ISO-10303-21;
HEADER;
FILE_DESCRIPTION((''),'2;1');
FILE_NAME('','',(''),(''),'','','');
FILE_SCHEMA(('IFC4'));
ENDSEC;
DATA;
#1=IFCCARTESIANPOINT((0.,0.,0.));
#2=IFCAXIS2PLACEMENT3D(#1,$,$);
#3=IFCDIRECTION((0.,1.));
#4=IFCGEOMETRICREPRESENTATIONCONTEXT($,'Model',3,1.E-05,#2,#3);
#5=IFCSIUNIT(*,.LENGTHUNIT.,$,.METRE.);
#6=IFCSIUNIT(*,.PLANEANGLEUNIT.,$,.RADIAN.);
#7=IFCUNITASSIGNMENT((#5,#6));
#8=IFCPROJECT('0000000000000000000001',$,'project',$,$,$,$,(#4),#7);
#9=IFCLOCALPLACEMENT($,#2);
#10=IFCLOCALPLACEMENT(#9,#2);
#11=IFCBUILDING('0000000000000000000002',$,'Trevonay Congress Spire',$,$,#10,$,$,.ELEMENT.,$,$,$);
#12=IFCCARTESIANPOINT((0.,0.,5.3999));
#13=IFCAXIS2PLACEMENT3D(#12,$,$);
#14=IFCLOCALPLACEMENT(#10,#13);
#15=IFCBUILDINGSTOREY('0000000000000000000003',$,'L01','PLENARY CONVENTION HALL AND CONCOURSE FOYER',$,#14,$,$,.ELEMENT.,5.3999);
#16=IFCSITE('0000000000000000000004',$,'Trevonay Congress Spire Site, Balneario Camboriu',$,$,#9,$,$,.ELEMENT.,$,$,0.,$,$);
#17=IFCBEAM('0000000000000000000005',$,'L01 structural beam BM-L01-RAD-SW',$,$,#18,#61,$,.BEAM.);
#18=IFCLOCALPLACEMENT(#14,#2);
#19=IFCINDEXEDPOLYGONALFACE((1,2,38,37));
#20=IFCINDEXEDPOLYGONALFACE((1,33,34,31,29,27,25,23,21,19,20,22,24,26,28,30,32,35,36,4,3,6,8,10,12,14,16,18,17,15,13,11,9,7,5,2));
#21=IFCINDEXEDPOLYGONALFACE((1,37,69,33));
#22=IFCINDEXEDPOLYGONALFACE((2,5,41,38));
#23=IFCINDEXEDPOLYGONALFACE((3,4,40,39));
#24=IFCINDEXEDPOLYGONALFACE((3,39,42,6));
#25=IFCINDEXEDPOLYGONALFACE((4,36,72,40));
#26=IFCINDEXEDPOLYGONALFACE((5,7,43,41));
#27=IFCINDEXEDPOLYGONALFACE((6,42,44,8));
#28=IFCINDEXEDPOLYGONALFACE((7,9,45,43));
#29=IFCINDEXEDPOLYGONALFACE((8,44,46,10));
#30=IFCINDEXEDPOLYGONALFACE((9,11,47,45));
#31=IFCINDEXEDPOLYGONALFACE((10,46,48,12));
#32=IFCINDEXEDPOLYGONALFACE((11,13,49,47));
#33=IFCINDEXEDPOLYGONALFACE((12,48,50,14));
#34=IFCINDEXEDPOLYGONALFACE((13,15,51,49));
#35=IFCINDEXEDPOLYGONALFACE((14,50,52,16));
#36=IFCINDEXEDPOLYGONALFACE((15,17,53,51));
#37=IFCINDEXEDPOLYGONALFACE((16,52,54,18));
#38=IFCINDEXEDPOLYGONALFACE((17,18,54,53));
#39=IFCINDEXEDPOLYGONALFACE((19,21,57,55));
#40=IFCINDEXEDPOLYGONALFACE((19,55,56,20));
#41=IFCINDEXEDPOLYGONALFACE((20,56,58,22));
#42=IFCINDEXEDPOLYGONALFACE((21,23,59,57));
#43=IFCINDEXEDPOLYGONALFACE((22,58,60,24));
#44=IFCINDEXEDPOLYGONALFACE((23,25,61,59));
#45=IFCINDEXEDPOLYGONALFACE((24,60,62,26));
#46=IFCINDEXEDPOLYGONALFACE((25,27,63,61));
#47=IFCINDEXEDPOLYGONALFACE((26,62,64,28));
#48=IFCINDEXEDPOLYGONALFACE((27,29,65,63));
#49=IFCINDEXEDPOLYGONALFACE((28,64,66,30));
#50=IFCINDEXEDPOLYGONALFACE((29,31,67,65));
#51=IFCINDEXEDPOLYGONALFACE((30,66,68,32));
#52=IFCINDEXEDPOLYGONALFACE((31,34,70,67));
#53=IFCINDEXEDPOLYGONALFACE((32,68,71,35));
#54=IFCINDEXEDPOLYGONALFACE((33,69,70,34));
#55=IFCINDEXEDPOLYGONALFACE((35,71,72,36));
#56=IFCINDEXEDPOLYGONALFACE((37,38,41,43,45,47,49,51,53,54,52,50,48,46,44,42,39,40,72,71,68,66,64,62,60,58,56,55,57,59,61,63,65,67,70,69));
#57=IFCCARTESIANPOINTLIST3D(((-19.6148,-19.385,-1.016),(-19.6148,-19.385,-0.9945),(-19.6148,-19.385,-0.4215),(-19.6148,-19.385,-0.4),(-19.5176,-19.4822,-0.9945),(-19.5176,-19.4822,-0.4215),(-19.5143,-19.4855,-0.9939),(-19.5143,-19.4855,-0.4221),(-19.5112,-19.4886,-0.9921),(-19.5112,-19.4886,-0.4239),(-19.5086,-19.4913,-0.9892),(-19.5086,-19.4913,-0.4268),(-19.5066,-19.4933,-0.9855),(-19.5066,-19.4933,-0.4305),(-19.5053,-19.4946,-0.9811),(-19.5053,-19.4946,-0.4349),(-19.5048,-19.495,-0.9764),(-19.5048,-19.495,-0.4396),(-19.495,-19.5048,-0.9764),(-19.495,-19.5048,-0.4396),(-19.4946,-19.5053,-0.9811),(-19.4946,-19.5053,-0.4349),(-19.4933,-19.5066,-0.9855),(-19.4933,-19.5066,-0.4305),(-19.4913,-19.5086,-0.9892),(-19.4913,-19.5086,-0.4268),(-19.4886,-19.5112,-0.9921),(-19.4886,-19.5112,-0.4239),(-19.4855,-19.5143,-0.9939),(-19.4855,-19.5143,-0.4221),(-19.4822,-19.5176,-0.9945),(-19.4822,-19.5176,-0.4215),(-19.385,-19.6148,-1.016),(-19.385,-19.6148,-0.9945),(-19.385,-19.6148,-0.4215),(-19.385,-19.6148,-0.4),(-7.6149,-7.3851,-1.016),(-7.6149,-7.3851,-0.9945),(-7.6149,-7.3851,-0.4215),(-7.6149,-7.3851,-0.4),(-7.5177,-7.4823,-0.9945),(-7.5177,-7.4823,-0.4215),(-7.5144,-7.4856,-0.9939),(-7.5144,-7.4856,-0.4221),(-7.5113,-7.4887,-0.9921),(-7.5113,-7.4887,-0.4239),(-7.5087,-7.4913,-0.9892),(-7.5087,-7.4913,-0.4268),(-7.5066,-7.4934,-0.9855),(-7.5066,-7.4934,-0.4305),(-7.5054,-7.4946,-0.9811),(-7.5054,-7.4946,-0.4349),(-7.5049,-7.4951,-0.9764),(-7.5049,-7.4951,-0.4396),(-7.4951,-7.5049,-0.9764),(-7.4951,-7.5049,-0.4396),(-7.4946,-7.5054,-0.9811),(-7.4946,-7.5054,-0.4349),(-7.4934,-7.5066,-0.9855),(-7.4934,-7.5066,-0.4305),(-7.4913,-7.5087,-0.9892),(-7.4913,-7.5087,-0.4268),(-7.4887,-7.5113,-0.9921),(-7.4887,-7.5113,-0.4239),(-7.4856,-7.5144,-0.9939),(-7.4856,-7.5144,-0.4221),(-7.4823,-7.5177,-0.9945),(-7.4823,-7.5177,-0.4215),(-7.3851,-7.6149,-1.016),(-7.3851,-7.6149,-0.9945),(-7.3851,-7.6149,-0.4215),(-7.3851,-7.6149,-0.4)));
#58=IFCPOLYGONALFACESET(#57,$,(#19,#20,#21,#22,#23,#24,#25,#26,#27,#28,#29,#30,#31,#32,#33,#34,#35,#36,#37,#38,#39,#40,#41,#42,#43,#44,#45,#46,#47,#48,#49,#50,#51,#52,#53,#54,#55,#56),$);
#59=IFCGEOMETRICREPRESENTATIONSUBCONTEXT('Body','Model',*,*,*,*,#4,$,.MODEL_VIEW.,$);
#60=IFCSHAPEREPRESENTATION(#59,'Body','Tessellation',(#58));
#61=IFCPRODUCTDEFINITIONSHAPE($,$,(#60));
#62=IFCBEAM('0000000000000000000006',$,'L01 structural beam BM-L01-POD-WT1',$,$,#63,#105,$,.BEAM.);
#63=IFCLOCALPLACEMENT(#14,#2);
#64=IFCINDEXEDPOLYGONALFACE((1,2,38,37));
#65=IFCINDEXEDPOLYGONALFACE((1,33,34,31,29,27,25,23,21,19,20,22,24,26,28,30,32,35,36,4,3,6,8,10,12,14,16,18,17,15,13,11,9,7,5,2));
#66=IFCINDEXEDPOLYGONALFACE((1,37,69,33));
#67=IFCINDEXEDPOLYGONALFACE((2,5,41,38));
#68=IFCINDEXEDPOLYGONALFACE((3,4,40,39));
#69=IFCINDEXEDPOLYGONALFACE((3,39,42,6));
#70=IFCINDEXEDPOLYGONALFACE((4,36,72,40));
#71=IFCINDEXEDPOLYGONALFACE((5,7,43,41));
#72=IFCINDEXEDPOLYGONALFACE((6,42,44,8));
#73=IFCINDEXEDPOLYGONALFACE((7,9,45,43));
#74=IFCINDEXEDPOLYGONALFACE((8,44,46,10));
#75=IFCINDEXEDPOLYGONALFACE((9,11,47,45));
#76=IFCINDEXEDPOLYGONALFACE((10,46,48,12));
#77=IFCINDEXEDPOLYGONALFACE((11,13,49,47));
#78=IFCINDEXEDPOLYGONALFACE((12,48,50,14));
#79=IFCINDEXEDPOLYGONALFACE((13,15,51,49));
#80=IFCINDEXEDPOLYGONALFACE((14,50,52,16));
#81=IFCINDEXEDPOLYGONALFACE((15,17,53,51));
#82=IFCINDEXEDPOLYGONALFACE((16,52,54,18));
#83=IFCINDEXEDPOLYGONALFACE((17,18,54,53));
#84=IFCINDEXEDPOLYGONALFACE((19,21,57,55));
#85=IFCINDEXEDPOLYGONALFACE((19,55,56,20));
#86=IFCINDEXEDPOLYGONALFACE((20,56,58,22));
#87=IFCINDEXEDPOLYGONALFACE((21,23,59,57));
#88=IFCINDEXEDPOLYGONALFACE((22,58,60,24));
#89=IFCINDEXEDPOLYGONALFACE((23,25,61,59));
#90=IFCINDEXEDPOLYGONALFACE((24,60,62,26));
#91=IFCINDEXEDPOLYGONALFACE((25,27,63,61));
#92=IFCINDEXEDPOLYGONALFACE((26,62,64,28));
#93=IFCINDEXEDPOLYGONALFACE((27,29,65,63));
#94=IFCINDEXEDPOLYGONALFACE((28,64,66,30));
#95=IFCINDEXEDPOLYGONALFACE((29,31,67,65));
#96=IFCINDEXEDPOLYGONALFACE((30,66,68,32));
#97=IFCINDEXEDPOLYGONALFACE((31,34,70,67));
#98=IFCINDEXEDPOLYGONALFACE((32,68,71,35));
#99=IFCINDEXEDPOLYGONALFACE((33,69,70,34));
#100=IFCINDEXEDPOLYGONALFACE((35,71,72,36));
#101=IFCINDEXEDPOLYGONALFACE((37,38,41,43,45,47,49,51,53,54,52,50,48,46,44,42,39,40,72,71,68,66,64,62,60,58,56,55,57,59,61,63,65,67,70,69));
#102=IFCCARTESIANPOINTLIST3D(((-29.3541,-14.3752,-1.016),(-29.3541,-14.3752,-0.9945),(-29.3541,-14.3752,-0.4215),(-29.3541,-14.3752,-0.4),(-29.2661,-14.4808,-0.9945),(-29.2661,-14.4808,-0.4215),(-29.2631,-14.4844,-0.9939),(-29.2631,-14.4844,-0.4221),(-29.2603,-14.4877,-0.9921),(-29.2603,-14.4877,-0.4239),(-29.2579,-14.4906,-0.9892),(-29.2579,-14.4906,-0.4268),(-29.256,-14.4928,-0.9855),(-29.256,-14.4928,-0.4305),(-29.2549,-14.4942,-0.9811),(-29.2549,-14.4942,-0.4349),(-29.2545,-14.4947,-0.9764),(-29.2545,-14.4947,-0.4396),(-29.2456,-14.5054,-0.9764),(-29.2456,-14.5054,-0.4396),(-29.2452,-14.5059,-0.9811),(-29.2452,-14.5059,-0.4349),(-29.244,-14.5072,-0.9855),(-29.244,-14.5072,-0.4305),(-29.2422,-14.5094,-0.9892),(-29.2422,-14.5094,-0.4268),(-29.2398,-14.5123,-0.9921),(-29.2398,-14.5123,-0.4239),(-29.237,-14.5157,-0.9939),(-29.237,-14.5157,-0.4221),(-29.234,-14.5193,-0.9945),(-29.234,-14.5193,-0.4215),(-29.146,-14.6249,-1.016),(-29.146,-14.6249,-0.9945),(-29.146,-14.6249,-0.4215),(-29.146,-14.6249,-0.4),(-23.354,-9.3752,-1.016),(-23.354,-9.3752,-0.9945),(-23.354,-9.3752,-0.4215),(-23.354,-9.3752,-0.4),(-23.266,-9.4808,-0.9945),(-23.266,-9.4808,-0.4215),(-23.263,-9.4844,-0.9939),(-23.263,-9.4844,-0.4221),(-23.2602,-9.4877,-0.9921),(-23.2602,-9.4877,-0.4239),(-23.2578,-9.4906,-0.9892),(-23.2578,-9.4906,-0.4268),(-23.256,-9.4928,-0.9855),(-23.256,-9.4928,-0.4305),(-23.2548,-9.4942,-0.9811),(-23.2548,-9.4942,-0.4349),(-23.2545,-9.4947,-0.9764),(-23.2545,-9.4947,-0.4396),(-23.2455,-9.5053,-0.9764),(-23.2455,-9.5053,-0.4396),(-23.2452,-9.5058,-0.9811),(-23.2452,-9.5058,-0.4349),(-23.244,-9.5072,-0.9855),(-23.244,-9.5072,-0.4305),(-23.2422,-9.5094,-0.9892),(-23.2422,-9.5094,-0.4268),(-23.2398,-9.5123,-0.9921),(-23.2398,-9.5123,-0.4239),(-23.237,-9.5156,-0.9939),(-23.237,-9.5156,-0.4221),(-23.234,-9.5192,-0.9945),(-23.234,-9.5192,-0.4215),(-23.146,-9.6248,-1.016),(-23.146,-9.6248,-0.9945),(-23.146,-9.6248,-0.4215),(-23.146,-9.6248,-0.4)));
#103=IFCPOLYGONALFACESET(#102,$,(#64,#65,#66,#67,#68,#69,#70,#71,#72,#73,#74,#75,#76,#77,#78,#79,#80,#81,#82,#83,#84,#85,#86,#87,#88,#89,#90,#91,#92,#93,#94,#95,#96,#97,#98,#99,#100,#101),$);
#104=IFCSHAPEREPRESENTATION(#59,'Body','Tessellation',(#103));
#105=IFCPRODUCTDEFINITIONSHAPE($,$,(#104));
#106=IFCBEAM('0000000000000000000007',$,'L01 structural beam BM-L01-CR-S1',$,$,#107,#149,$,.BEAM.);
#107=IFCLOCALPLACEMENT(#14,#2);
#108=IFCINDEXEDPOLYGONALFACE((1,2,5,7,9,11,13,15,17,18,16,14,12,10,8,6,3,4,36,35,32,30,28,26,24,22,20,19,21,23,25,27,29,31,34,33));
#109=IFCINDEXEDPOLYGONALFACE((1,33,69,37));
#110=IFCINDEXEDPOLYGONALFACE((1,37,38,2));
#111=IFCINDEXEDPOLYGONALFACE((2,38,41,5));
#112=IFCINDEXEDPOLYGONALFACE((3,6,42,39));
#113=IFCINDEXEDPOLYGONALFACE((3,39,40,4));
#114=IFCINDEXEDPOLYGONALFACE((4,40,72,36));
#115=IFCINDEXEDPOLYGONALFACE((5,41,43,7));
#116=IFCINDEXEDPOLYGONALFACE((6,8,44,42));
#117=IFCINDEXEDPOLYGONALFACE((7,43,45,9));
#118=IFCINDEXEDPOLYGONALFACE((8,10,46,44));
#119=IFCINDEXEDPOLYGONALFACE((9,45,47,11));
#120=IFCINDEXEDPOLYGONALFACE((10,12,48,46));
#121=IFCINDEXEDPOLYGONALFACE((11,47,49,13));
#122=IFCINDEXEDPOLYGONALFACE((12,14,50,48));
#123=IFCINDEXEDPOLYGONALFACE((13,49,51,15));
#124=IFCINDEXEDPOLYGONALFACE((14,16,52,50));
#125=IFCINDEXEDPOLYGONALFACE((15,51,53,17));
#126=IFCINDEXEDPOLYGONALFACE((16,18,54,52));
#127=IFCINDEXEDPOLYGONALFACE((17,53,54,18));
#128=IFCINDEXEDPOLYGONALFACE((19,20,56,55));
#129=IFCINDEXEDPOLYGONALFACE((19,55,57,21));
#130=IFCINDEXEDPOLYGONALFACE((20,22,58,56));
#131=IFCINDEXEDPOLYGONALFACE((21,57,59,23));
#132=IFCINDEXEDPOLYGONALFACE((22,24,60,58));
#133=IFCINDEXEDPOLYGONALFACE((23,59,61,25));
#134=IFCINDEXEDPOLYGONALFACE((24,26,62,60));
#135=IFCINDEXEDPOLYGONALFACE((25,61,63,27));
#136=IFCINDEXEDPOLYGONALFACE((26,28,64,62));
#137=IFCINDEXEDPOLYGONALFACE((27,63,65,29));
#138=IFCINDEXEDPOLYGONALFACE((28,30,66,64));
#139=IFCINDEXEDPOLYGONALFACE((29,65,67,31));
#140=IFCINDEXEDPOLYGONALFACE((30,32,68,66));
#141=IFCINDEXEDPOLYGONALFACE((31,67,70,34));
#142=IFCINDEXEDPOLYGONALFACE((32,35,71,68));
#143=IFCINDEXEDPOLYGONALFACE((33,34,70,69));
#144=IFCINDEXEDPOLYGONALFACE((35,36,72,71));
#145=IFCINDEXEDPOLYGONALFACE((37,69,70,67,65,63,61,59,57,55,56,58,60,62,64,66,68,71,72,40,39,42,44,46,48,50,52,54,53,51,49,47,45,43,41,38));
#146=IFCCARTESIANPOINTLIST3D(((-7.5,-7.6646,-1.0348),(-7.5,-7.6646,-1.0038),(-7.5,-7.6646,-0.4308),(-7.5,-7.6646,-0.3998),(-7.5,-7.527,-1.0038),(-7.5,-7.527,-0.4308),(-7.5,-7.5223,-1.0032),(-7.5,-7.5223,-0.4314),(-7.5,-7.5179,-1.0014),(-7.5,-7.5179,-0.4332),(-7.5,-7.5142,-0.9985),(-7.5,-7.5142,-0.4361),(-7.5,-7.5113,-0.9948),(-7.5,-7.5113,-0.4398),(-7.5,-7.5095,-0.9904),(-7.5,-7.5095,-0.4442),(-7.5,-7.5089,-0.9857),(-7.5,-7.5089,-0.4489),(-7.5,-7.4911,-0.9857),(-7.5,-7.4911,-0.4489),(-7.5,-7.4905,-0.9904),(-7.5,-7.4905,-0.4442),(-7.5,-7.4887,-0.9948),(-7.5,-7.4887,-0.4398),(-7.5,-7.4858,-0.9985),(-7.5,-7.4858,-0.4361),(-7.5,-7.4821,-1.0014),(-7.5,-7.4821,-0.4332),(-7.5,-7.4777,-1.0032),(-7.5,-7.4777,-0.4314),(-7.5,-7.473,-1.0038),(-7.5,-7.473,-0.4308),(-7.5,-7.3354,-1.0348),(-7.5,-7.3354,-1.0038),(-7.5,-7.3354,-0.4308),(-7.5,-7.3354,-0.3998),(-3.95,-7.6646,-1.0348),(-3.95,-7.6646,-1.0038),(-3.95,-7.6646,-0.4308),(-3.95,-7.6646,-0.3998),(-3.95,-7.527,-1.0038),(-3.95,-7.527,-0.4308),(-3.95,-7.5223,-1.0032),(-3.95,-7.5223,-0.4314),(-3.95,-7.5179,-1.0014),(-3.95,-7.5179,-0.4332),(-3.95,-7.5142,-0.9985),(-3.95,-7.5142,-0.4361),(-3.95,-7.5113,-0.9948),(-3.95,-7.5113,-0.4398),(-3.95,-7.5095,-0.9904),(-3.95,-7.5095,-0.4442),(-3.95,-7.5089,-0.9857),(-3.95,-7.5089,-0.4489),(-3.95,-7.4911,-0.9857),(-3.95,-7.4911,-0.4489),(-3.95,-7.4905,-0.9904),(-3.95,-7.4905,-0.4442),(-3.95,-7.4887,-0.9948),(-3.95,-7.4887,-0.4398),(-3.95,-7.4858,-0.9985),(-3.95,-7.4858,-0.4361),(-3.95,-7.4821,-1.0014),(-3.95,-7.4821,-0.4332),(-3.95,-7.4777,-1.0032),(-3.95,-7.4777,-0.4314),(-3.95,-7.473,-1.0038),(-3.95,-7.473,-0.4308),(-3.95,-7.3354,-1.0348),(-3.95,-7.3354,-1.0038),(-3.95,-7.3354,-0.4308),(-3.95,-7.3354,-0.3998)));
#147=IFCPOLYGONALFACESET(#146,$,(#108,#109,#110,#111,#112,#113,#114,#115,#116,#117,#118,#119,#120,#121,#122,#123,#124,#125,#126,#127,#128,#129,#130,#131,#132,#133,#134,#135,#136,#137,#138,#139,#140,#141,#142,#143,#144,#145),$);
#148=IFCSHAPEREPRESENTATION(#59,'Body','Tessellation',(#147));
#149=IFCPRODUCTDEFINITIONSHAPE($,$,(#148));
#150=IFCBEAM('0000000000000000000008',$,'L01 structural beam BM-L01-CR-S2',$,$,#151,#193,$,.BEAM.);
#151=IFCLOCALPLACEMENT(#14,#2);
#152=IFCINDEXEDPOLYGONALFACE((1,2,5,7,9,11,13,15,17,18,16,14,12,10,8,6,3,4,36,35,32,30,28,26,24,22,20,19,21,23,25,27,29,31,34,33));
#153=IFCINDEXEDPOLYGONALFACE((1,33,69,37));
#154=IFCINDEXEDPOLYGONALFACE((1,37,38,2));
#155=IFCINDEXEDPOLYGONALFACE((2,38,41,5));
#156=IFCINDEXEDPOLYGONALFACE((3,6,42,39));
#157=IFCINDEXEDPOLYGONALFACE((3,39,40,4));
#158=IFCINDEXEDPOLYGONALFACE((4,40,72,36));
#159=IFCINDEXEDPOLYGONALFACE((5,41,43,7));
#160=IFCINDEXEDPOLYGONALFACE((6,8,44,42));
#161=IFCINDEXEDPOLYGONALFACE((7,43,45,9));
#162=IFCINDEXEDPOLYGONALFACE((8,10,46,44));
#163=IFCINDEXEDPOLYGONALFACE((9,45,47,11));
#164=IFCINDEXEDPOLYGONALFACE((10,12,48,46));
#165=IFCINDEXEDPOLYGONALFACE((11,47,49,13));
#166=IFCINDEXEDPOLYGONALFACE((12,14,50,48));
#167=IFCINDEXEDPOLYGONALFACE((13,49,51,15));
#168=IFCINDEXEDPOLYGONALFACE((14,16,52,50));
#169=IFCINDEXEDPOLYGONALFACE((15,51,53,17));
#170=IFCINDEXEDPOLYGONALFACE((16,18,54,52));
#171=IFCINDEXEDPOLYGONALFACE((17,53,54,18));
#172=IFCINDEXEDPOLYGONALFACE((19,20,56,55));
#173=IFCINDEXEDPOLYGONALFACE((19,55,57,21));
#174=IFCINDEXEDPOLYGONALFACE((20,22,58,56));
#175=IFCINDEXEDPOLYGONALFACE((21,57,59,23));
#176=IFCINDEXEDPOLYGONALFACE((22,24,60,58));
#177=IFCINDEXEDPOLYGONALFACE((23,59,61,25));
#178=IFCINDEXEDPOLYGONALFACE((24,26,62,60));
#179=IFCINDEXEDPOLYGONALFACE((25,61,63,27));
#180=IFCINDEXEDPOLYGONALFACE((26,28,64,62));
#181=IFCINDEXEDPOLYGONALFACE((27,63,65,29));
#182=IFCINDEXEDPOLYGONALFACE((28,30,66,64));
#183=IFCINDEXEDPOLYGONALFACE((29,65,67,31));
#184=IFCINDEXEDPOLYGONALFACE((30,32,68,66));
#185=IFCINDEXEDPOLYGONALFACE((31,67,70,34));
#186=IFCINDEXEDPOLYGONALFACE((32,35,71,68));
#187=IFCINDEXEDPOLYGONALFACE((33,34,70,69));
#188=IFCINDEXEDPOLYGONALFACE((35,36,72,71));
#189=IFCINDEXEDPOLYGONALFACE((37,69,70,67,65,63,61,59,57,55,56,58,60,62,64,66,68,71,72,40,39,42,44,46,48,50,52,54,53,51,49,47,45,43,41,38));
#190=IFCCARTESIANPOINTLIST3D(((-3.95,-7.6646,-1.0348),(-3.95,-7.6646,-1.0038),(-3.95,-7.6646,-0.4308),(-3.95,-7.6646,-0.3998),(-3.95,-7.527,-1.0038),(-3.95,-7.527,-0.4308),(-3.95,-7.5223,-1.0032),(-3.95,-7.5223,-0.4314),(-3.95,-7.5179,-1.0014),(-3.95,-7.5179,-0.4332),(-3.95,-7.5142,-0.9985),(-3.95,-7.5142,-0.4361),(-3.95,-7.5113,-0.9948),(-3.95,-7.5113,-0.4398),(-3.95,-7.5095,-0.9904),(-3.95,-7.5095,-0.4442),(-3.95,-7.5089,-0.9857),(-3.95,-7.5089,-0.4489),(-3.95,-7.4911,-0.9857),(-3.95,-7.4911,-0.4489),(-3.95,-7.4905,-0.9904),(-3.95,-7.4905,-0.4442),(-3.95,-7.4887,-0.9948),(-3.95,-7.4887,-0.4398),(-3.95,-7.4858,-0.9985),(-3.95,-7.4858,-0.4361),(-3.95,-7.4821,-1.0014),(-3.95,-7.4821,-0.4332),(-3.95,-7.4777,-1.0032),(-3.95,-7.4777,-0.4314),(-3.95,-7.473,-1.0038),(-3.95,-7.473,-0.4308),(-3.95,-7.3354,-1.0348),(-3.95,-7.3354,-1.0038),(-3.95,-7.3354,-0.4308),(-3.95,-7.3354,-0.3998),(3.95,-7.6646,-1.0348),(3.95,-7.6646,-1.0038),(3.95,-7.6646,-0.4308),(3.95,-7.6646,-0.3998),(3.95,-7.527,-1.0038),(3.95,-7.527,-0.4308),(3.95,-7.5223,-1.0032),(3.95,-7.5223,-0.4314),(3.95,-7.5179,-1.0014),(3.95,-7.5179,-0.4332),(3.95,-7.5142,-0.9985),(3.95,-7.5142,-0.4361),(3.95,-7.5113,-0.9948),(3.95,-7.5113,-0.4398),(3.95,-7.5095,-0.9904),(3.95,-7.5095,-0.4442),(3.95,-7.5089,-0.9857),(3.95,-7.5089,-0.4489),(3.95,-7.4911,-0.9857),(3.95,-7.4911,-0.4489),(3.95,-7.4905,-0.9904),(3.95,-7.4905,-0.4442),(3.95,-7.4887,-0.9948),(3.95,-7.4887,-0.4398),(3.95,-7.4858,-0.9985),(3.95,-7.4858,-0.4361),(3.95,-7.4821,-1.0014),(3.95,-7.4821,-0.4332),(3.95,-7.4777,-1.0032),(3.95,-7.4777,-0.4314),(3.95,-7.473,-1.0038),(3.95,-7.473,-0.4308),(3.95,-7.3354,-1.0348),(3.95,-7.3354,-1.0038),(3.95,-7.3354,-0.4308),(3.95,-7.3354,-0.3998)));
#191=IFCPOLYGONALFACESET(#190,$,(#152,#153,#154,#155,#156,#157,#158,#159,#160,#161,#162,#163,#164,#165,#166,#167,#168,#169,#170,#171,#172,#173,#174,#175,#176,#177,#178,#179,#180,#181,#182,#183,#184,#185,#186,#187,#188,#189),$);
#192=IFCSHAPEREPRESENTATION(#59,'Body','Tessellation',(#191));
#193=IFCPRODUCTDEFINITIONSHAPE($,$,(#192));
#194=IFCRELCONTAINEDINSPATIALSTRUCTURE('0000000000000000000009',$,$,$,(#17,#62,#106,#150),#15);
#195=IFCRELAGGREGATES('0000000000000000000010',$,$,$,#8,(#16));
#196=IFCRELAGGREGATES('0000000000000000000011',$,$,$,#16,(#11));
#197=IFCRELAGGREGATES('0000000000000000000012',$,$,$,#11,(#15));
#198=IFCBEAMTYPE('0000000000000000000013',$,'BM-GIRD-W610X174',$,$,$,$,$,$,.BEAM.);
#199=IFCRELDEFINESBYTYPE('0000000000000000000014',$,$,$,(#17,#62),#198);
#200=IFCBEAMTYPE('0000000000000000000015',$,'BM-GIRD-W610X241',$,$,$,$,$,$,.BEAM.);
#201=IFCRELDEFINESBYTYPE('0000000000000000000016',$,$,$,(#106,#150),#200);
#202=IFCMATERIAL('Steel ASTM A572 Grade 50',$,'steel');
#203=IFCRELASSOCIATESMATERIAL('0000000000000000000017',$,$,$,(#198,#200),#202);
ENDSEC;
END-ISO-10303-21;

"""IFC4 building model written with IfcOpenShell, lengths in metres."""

from ifc_helpers import new_model, si_unit, direction, frame, origin, origin_2d, place, context, subcontext, project, spatial, i_section, extrude, material, material_profile, profile_set, type_object, element, save


model = new_model("IFC4")

# Units and contexts
model_context = context("Model", 3, precision=1e-05, world=origin(), true_north=direction((0.0, 1.0)))
body_context = subcontext(model_context, "Body", "Model", "MODEL_VIEW")
ifc_project = project(units=[si_unit("LENGTHUNIT", "METRE"), si_unit("PLANEANGLEUNIT", "RADIAN")], contexts=[model_context])

# Site, building, storey
site_placement = place(None, origin())
site = spatial("IfcSite", under=ifc_project, at=site_placement, Name="Trevonay Congress Spire Site, Balneario Camboriu", CompositionType="ELEMENT", RefElevation=0.0)
building_placement = place(site_placement, origin())
building = spatial("IfcBuilding", under=site, at=building_placement, Name="Trevonay Congress Spire", CompositionType="ELEMENT")
storey_placement = place(building_placement, frame((0.0, 0.0, 5.3999)))
storey = spatial("IfcBuildingStorey", under=building, at=storey_placement, Name="L01", Description="PLENARY CONVENTION HALL AND CONCOURSE FOYER", CompositionType="ELEMENT", Elevation=5.3999)

# Shared definitions
ifc_material_1 = material(Name="Steel ASTM A572 Grade 50", Category="steel")

# Beams
ifc_material_profile_1 = material_profile(ifc_material_1, i_section(OverallWidth=0.325, OverallDepth=0.616, WebThickness=0.0139, FlangeThickness=0.0215, FilletRadius=0.0181, at=origin_2d()), Name="W610x174")
ifc_profile_set_1 = profile_set([ifc_material_profile_1], Name="Steel ASTM A572 Grade 50")
beam_type_1 = type_object("IfcBeamType", Name="BM-GIRD-W610X174", PredefinedType="BEAM", material=ifc_profile_set_1)
beam_1_placement = place(storey_placement, frame((-7.5, -7.5, -0.708), z_axis=(-0.707107, -0.707107, 0.0), x_axis=(0.707107, -0.707107, 0.0)))
element("IfcBeam", 1, at=beam_1_placement, inside=storey, type_object=beam_type_1, Name="L01 structural beam BM-L01-RAD-SW", PredefinedType="BEAM", context=body_context, shape_type="SweptSolid", body=[
    extrude(i_section(OverallWidth=0.325, OverallDepth=0.616, WebThickness=0.0139, FlangeThickness=0.0215, FilletRadius=0.0181, at=origin_2d()), origin(), (0.0, 0.0, 1.0), 16.9705),
])
beam_2_placement = place(storey_placement, frame((-23.25, -9.5, -0.708), z_axis=(-0.768221, -0.640184, 0.0), x_axis=(0.640184, -0.768221, 0.0)))
element("IfcBeam", 2, at=beam_2_placement, inside=storey, type_object=beam_type_1, Name="L01 structural beam BM-L01-POD-WT1", PredefinedType="BEAM", context=body_context, shape_type="SweptSolid", body=[
    extrude(i_section(OverallWidth=0.325, OverallDepth=0.616, WebThickness=0.0139, FlangeThickness=0.0215, FilletRadius=0.0181, at=origin_2d()), origin(), (0.0, 0.0, 1.0), 7.8103),
])
ifc_material_profile_2 = material_profile(ifc_material_1, i_section(OverallWidth=0.3291, OverallDepth=0.635, WebThickness=0.0178, FlangeThickness=0.031, FilletRadius=0.0181, at=origin_2d()), Name="W610x241")
ifc_profile_set_2 = profile_set([ifc_material_profile_2], Name="Steel ASTM A572 Grade 50")
beam_type_2 = type_object("IfcBeamType", Name="BM-GIRD-W610X241", PredefinedType="BEAM", material=ifc_profile_set_2)
beam_3_placement = place(storey_placement, frame((-7.5, -7.5, -0.7173), z_axis=(1.0, 0.0, 0.0), x_axis=(0.0, 1.0, 0.0)))
element("IfcBeam", 3, at=beam_3_placement, inside=storey, type_object=beam_type_2, Name="L01 structural beam BM-L01-CR-S1", PredefinedType="BEAM", context=body_context, shape_type="SweptSolid", body=[
    extrude(i_section(OverallWidth=0.3291, OverallDepth=0.635, WebThickness=0.0178, FlangeThickness=0.031, FilletRadius=0.0181, at=origin_2d()), origin(), (0.0, 0.0, 1.0), 3.55),
])
beam_4_placement = place(storey_placement, frame((-3.95, -7.5, -0.7173), z_axis=(1.0, 0.0, 0.0), x_axis=(0.0, 1.0, 0.0)))
element("IfcBeam", 4, at=beam_4_placement, inside=storey, type_object=beam_type_2, Name="L01 structural beam BM-L01-CR-S2", PredefinedType="BEAM", context=body_context, shape_type="SweptSolid", body=[
    extrude(i_section(OverallWidth=0.3291, OverallDepth=0.635, WebThickness=0.0178, FlangeThickness=0.031, FilletRadius=0.0181, at=origin_2d()), origin(), (0.0, 0.0, 1.0), 7.8999),
])

save(model, "model.ifc")
